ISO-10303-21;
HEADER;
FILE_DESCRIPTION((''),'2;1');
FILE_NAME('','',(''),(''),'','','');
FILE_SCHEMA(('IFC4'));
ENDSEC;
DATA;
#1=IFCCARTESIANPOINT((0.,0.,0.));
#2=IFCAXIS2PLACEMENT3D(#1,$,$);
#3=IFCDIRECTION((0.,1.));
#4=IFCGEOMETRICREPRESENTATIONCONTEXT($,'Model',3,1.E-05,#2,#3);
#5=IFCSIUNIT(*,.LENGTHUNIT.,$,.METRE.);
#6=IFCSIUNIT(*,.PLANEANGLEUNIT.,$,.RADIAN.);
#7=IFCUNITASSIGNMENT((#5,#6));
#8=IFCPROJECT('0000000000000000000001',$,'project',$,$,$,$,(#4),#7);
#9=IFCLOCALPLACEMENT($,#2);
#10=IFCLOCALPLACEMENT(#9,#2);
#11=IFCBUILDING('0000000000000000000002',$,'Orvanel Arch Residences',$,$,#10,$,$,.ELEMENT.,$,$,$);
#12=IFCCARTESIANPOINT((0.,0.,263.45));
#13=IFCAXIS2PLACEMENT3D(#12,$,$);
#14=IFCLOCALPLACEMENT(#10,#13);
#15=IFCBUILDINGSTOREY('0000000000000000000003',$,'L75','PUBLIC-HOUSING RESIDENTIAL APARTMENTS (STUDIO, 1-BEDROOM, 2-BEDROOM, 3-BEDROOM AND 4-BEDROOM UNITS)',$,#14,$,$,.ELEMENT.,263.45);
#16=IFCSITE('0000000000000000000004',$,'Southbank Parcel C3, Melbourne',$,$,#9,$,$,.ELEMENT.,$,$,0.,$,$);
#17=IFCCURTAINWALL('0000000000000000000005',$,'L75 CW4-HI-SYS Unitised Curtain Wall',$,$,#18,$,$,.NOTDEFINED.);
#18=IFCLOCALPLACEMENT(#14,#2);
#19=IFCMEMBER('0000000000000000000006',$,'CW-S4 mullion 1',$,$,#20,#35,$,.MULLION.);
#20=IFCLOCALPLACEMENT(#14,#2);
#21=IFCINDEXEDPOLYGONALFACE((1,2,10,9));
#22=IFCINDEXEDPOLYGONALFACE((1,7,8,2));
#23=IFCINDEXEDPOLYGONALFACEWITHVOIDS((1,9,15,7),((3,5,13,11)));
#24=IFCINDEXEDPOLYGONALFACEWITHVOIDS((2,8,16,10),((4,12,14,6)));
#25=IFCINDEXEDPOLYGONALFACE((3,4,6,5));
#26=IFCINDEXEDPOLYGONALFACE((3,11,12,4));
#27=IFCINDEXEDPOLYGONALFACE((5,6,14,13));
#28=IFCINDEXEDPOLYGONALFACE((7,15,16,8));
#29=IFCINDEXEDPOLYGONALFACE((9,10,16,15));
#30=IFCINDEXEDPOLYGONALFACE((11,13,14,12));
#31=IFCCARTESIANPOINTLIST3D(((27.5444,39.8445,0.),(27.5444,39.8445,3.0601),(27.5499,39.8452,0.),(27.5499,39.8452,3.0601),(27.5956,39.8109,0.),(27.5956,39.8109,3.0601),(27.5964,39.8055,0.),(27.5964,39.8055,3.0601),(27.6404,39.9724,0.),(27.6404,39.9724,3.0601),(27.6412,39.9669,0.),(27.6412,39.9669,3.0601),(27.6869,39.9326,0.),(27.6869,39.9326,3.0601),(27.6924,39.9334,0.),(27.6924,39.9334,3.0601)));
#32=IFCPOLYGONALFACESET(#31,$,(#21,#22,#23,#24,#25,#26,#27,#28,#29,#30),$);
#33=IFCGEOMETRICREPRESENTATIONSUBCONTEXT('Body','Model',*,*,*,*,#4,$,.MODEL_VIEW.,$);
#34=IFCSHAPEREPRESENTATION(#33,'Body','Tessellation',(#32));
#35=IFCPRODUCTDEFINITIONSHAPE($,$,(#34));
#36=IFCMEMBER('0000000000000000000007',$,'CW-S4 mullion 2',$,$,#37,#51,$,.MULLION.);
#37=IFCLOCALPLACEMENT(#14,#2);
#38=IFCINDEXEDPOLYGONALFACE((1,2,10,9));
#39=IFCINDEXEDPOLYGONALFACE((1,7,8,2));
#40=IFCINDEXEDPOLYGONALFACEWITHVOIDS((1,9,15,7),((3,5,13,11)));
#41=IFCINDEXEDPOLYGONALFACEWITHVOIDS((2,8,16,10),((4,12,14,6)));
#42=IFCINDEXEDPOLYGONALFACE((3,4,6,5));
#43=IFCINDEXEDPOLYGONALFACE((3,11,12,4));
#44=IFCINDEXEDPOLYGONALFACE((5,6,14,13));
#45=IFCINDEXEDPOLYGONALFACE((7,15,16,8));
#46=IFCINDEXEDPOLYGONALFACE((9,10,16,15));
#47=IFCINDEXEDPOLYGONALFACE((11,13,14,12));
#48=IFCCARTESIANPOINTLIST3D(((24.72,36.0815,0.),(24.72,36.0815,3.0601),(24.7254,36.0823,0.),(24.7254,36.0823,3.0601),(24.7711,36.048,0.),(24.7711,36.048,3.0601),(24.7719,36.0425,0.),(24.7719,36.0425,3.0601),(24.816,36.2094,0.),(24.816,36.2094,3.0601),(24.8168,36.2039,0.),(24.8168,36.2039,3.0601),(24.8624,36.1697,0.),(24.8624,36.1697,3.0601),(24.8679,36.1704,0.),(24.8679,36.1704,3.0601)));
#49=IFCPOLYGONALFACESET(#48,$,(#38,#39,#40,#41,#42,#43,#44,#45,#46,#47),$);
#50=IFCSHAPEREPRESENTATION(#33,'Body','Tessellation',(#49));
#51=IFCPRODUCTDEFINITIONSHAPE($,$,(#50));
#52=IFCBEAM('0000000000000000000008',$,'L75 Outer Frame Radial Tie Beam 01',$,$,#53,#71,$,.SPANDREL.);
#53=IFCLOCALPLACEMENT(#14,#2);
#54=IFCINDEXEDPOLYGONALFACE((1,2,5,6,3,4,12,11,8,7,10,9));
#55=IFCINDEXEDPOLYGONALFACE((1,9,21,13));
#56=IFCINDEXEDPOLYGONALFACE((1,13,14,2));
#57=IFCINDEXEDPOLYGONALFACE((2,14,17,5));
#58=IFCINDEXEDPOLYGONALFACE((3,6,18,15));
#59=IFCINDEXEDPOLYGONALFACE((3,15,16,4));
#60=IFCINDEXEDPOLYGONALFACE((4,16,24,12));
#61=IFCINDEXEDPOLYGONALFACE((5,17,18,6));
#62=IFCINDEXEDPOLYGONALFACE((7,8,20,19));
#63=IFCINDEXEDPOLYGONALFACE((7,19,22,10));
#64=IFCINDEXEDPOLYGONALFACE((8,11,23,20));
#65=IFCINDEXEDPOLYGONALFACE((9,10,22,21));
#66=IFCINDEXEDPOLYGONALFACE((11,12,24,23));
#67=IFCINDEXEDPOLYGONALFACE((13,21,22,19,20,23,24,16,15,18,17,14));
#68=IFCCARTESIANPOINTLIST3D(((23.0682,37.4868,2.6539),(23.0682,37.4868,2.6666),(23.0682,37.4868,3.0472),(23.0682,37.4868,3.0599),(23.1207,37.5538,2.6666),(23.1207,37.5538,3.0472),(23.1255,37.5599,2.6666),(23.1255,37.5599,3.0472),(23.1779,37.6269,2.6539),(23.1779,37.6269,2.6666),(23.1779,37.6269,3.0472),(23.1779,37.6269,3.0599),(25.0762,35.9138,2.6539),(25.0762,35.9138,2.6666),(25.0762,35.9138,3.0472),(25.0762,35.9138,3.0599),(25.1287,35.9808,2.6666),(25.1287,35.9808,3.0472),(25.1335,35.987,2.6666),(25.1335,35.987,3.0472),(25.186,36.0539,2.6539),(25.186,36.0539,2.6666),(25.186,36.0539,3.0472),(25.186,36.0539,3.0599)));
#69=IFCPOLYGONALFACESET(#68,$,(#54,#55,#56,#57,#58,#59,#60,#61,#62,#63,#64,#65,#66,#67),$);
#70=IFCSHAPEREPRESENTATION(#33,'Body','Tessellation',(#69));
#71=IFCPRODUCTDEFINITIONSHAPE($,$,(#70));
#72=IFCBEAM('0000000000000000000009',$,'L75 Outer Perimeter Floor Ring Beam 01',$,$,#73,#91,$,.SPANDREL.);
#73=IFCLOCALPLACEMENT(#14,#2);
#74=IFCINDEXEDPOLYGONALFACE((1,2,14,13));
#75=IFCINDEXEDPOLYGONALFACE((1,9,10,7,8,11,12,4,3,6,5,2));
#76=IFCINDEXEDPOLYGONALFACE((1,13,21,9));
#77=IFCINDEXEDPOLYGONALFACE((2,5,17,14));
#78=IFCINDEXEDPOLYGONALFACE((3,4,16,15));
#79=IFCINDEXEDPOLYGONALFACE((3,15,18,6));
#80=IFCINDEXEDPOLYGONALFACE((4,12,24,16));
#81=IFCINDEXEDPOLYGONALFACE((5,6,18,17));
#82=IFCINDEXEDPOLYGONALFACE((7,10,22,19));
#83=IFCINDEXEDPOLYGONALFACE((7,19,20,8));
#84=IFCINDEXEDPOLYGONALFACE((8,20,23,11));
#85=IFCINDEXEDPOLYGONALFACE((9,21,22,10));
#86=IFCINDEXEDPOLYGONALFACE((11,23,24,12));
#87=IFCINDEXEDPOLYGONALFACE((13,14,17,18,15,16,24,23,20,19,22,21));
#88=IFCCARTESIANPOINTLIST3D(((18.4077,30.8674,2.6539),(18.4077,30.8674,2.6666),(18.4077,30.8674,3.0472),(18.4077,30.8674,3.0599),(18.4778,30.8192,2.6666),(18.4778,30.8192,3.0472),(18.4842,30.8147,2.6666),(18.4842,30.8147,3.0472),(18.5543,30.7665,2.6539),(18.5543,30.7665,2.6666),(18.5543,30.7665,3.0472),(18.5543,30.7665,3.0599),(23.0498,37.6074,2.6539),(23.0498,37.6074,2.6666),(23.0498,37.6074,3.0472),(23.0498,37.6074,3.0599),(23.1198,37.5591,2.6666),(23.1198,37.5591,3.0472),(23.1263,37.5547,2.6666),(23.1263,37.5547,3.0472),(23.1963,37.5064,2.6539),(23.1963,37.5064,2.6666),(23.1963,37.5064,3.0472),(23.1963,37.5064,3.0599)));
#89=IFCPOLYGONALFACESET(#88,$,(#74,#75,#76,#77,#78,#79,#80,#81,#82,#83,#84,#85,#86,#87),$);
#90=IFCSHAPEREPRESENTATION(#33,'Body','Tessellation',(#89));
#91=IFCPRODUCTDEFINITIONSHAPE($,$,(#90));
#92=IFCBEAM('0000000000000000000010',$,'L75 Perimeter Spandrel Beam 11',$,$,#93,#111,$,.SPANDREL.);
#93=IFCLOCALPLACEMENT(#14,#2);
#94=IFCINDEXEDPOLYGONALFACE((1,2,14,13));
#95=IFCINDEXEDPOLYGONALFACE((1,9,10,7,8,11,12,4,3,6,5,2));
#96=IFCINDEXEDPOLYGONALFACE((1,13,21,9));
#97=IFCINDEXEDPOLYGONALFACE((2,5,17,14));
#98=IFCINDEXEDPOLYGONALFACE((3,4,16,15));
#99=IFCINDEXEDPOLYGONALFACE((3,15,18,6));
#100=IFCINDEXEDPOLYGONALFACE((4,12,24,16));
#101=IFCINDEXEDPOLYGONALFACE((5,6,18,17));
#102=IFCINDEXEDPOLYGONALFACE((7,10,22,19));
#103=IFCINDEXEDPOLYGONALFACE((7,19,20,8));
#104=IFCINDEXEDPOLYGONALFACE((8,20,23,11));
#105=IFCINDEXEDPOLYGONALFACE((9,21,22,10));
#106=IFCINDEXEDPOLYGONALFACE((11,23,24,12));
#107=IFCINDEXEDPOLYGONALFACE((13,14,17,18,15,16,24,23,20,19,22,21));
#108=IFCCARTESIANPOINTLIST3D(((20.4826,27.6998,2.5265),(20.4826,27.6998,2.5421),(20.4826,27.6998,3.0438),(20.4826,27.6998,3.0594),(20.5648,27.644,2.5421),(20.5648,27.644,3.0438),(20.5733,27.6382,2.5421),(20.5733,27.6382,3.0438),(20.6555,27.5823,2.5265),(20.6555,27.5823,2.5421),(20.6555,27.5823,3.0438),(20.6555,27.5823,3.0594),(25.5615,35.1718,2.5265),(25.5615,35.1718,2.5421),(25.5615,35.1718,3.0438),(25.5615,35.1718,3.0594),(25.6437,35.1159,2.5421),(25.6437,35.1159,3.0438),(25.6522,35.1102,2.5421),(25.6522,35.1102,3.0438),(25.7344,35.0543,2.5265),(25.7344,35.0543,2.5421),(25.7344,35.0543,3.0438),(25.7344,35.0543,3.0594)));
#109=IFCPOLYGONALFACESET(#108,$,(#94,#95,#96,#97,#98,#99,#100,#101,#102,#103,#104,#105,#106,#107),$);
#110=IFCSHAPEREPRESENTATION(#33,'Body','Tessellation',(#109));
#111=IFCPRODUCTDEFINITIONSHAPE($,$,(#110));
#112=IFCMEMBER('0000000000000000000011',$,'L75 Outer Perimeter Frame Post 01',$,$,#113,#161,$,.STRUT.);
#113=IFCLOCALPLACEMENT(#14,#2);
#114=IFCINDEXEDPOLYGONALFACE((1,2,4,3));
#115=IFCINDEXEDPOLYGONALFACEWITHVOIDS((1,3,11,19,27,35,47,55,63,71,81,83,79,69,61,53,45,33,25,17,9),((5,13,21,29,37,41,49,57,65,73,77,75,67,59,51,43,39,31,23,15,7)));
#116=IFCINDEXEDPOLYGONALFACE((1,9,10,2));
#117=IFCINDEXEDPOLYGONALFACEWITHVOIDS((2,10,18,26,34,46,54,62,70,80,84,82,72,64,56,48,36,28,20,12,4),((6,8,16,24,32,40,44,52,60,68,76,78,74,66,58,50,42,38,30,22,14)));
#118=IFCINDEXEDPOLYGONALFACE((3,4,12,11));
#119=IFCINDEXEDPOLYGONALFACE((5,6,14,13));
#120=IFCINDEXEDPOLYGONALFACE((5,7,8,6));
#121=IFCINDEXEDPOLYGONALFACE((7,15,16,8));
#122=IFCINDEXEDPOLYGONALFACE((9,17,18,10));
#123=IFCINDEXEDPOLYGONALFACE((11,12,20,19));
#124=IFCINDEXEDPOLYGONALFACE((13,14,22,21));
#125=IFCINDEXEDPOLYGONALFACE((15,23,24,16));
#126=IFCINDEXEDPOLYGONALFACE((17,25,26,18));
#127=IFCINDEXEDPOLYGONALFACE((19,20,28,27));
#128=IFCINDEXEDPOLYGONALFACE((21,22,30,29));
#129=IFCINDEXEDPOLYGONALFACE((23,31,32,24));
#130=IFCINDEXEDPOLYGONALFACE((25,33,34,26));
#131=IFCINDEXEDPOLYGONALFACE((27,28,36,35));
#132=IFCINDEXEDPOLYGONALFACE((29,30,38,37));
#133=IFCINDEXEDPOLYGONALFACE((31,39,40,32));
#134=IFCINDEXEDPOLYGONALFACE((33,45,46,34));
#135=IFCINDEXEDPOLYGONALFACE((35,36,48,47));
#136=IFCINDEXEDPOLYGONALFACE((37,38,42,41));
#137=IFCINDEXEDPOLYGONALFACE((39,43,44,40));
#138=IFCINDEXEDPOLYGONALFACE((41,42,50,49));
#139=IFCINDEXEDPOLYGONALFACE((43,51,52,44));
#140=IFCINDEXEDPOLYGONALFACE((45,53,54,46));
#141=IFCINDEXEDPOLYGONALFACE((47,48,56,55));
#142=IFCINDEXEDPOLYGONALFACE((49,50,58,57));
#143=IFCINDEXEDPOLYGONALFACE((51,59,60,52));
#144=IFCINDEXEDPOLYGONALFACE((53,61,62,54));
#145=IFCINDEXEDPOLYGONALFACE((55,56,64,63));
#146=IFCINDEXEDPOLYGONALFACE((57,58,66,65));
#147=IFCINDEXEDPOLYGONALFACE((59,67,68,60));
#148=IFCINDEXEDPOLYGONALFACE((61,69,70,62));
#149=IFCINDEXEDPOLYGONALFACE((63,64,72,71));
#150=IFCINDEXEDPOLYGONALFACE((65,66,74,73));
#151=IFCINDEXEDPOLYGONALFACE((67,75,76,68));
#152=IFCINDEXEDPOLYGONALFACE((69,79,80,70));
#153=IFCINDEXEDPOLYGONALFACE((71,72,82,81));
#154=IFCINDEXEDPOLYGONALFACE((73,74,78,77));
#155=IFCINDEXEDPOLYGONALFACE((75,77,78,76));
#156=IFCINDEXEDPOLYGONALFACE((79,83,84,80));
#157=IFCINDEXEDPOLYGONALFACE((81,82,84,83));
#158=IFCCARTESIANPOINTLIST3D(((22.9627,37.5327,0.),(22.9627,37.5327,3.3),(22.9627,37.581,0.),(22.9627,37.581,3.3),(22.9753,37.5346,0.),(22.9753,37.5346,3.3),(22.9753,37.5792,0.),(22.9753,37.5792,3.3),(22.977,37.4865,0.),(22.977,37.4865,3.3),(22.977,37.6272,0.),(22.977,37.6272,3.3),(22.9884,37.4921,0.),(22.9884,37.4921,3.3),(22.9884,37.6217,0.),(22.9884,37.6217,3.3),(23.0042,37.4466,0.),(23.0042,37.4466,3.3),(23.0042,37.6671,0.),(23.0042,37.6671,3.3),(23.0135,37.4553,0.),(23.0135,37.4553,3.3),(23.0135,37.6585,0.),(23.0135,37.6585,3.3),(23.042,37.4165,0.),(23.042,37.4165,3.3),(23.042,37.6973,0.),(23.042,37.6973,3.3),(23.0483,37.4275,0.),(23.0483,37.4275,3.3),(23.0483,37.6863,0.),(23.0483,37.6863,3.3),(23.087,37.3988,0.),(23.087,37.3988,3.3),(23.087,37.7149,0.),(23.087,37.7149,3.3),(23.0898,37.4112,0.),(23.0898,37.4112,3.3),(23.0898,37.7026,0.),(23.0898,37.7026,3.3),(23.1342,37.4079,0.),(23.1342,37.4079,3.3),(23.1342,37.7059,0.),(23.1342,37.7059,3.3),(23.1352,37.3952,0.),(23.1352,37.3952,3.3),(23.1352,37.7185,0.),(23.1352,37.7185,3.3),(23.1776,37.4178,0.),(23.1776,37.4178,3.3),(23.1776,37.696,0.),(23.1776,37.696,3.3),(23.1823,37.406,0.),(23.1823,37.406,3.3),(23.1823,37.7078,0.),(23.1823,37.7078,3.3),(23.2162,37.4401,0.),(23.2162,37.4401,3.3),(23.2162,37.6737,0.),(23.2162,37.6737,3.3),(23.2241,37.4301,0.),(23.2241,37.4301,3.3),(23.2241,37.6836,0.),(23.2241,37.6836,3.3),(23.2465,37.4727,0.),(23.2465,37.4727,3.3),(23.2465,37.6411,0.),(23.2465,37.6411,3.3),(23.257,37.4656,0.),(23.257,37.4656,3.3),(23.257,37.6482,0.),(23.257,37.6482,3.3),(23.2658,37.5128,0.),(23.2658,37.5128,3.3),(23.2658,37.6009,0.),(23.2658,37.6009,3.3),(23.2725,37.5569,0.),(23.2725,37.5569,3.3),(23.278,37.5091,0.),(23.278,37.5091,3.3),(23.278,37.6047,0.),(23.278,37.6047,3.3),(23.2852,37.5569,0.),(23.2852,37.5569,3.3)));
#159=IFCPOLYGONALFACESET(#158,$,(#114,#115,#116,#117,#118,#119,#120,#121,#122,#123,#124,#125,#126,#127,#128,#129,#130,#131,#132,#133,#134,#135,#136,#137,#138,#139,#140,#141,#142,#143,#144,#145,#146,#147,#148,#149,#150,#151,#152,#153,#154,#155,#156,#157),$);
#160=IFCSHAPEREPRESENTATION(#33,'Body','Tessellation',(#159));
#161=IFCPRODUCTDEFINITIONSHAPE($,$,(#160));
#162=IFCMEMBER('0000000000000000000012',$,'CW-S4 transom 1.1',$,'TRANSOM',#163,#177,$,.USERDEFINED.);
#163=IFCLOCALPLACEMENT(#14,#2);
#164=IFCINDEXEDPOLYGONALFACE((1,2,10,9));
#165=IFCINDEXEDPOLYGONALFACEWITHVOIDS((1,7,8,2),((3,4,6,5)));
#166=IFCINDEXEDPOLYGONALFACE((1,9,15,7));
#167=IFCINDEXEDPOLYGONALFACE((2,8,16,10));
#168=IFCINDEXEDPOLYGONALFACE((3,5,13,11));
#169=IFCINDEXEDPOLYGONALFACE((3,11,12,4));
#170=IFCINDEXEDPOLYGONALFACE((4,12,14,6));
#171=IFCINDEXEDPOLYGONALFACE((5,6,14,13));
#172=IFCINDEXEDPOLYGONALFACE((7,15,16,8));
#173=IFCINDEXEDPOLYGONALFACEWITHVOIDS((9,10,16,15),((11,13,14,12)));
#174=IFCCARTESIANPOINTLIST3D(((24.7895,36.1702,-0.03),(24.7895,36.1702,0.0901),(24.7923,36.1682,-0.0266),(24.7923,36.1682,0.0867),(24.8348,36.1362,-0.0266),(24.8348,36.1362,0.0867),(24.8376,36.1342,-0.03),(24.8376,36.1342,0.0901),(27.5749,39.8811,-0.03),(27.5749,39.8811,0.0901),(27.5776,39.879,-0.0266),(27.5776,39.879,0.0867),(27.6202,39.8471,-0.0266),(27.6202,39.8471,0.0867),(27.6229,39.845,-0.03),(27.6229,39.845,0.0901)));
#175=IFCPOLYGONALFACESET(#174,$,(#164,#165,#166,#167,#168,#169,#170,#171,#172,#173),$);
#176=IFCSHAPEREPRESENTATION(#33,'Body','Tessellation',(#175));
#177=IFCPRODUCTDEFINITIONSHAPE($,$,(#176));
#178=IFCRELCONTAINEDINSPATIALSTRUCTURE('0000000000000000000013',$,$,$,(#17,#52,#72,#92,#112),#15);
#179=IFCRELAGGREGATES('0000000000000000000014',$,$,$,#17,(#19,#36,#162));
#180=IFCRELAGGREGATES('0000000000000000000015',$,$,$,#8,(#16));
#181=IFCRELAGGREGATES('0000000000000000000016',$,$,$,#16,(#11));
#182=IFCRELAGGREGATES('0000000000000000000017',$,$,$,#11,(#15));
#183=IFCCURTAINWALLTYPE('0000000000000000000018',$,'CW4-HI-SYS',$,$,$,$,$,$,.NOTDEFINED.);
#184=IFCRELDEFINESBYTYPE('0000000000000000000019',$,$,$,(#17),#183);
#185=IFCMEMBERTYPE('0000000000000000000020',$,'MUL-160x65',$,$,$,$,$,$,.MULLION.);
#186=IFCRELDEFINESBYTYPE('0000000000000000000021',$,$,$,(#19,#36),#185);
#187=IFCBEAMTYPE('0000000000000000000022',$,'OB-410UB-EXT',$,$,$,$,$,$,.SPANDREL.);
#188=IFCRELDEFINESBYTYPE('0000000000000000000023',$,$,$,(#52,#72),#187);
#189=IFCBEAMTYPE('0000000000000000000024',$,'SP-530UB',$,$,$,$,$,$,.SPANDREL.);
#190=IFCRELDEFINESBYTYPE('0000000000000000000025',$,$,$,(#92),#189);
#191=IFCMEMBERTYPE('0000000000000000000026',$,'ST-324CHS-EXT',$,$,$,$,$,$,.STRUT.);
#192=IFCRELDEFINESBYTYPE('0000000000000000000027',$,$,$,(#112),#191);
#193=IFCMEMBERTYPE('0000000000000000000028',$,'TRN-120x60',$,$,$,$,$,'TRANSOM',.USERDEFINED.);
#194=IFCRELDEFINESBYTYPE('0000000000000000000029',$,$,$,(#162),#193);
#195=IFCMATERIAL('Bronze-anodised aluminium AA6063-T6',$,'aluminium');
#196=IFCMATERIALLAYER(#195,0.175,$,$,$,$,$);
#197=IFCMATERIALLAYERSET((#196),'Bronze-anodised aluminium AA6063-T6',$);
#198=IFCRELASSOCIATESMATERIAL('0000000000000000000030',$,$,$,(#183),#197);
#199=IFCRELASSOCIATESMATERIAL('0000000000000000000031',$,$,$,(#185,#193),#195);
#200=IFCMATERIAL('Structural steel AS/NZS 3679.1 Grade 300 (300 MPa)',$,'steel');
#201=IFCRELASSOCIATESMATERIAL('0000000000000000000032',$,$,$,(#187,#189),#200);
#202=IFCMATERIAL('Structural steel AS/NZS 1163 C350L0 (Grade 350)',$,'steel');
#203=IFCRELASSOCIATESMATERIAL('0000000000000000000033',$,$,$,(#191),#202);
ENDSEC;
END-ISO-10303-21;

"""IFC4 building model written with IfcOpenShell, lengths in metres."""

from ifc_helpers import new_model, si_unit, direction, frame, origin, origin_2d, place, context, subcontext, project, spatial, hollow_rectangle, hollow_circle, i_section, extrude, material, layer, layer_set, material_profile, profile_set, type_object, element, aggregate, save


model = new_model("IFC4")

# Units and contexts
model_context = context("Model", 3, precision=1e-05, world=origin(), true_north=direction((0.0, 1.0)))
body_context = subcontext(model_context, "Body", "Model", "MODEL_VIEW")
ifc_project = project(units=[si_unit("LENGTHUNIT", "METRE"), si_unit("PLANEANGLEUNIT", "RADIAN")], contexts=[model_context])

# Site, building, storey
site_placement = place(None, origin())
site = spatial("IfcSite", under=ifc_project, at=site_placement, Name="Southbank Parcel C3, Melbourne", CompositionType="ELEMENT", RefElevation=0.0)
building_placement = place(site_placement, origin())
building = spatial("IfcBuilding", under=site, at=building_placement, Name="Orvanel Arch Residences", CompositionType="ELEMENT")
storey_placement = place(building_placement, frame((0.0, 0.0, 263.45)))
storey = spatial("IfcBuildingStorey", under=building, at=storey_placement, Name="L75", Description="PUBLIC-HOUSING RESIDENTIAL APARTMENTS (STUDIO, 1-BEDROOM, 2-BEDROOM, 3-BEDROOM AND 4-BEDROOM UNITS)", CompositionType="ELEMENT", Elevation=263.45)

# Shared definitions
ifc_material_1 = material(Name="Structural steel AS/NZS 3679.1 Grade 300 (300 MPa)", Category="steel")

# Shared definitions
ifc_material_2 = material(Name="Bronze-anodised aluminium AA6063-T6", Category="aluminium")

# Curtain wall, members
ifc_layer_1 = layer(ifc_material_2, 0.175)
ifc_layer_set_1 = layer_set([ifc_layer_1], Name="Bronze-anodised aluminium AA6063-T6")
curtain_wall_type_1 = type_object("IfcCurtainWallType", Name="CW4-HI-SYS", PredefinedType="NOTDEFINED", material=ifc_layer_set_1)
curtain_wall_1_placement = place(storey_placement, origin())
curtain_wall_1 = element("IfcCurtainWall", 1, at=curtain_wall_1_placement, inside=storey, type_object=curtain_wall_type_1, Name="L75 CW4-HI-SYS Unitised Curtain Wall", PredefinedType="NOTDEFINED")
ifc_material_profile_1 = material_profile(ifc_material_2, hollow_rectangle(XDim=0.0649, YDim=0.1599, WallThickness=0.0039, at=origin_2d()), Name="ALU160x65x4")
ifc_profile_set_1 = profile_set([ifc_material_profile_1], Name="Bronze-anodised aluminium AA6063-T6")
member_type_1 = type_object("IfcMemberType", Name="MUL-160x65", PredefinedType="MULLION", material=ifc_profile_set_1)
member_1_placement = place(storey_placement, frame((27.6184, 39.8889, 0.0), z_axis=(0.0, 0.0, 1.0), x_axis=(0.799772, -0.600304, 0.0)))
member_1 = element("IfcMember", 2, at=member_1_placement, type_object=member_type_1, Name="CW-S4 mullion 1", PredefinedType="MULLION", context=body_context, shape_type="SweptSolid", body=[
    extrude(hollow_rectangle(XDim=0.0649, YDim=0.1599, WallThickness=0.0039, at=origin_2d()), origin(), (0.0, 0.0, 1.0), 3.0601),
])
member_2_placement = place(storey_placement, frame((24.7939, 36.126, 0.0), z_axis=(0.0, 0.0, 1.0), x_axis=(0.799772, -0.600304, 0.0)))
member_2 = element("IfcMember", 3, at=member_2_placement, type_object=member_type_1, Name="CW-S4 mullion 2", PredefinedType="MULLION", context=body_context, shape_type="SweptSolid", body=[
    extrude(hollow_rectangle(XDim=0.0649, YDim=0.1599, WallThickness=0.0039, at=origin_2d()), origin(), (0.0, 0.0, 1.0), 3.0601),
])

# Beams
ifc_material_profile_2 = material_profile(ifc_material_1, i_section(OverallWidth=0.178, OverallDepth=0.406, WebThickness=0.0078, FlangeThickness=0.0127, at=origin_2d()), Name="410UB59.7")
ifc_profile_set_2 = profile_set([ifc_material_profile_2], Name="Structural steel AS/NZS 3679.1 Grade 300 (300 MPa)")
beam_type_1 = type_object("IfcBeamType", Name="OB-410UB-EXT", PredefinedType="SPANDREL", material=ifc_profile_set_2)
beam_1_placement = place(storey_placement, frame((25.1311, 35.9839, 2.8569), z_axis=(-0.787224, 0.616667, 0.0), x_axis=(-0.616667, -0.787224, 0.0)))
element("IfcBeam", 4, at=beam_1_placement, inside=storey, type_object=beam_type_1, Name="L75 Outer Frame Radial Tie Beam 01", PredefinedType="SPANDREL", context=body_context, shape_type="SweptSolid", body=[
    extrude(i_section(OverallWidth=0.178, OverallDepth=0.406, WebThickness=0.0078, FlangeThickness=0.0127, at=origin_2d()), origin(), (0.0, 0.0, 1.0), 2.5508),
])
beam_2_placement = place(storey_placement, frame((23.123, 37.5569, 2.8569), z_axis=(-0.567221, -0.823566, 0.0), x_axis=(0.823566, -0.567221, 0.0)))
element("IfcBeam", 5, at=beam_2_placement, inside=storey, type_object=beam_type_1, Name="L75 Outer Perimeter Floor Ring Beam 01", PredefinedType="SPANDREL", context=body_context, shape_type="SweptSolid", body=[
    extrude(i_section(OverallWidth=0.178, OverallDepth=0.406, WebThickness=0.0078, FlangeThickness=0.0127, at=origin_2d()), origin(), (0.0, 0.0, 1.0), 8.1838),
])
ifc_material_profile_3 = material_profile(ifc_material_1, i_section(OverallWidth=0.209, OverallDepth=0.533, WebThickness=0.0103, FlangeThickness=0.0156, at=origin_2d()), Name="530UB92.4")
ifc_profile_set_3 = profile_set([ifc_material_profile_3], Name="Structural steel AS/NZS 3679.1 Grade 300 (300 MPa)")
beam_type_2 = type_object("IfcBeamType", Name="SP-530UB", PredefinedType="SPANDREL", material=ifc_profile_set_3)
beam_3_placement = place(storey_placement, frame((25.6479, 35.113, 2.793), z_axis=(-0.562155, -0.827032, 0.0), x_axis=(0.827032, -0.562155, 0.0)))
element("IfcBeam", 6, at=beam_3_placement, inside=storey, type_object=beam_type_2, Name="L75 Perimeter Spandrel Beam 11", PredefinedType="SPANDREL", context=body_context, shape_type="SweptSolid", body=[
    extrude(i_section(OverallWidth=0.209, OverallDepth=0.533, WebThickness=0.0103, FlangeThickness=0.0156, at=origin_2d()), origin(), (0.0, 0.0, 1.0), 9.0347),
])

# Members
ifc_material_3 = material(Name="Structural steel AS/NZS 1163 C350L0 (Grade 350)", Category="steel")
ifc_material_profile_4 = material_profile(ifc_material_3, hollow_circle(Radius=0.1621, WallThickness=0.0127, at=origin_2d()), Name="CHS324x12.7")
ifc_profile_set_4 = profile_set([ifc_material_profile_4], Name="Structural steel AS/NZS 1163 C350L0 (Grade 350)")
member_type_2 = type_object("IfcMemberType", Name="ST-324CHS-EXT", PredefinedType="STRUT", material=ifc_profile_set_4)
member_3_placement = place(storey_placement, frame((23.123, 37.5569, 0.0), z_axis=(0.0, 0.0, 1.0), x_axis=(1.0, 0.0, 0.0)))
element("IfcMember", 7, at=member_3_placement, inside=storey, type_object=member_type_2, Name="L75 Outer Perimeter Frame Post 01", PredefinedType="STRUT", context=body_context, shape_type="SweptSolid", body=[
    extrude(hollow_circle(Radius=0.1621, WallThickness=0.0127, at=origin_2d()), origin(), (0.0, 0.0, 1.0), 3.3),
])
ifc_material_profile_5 = material_profile(ifc_material_2, hollow_rectangle(XDim=0.0601, YDim=0.1201, WallThickness=0.0034, at=origin_2d()), Name="ALU120x60x3.5")
ifc_profile_set_5 = profile_set([ifc_material_profile_5], Name="Bronze-anodised aluminium AA6063-T6")
member_type_3 = type_object("IfcMemberType", Name="TRN-120x60", ElementType="TRANSOM", PredefinedType="USERDEFINED", material=ifc_profile_set_5)
member_4_placement = place(storey_placement, frame((27.5989, 39.863, 0.03), z_axis=(-0.600303, -0.799773, 0.0), x_axis=(0.799773, -0.600303, 0.0)))
member_4 = element("IfcMember", 8, at=member_4_placement, type_object=member_type_3, Name="CW-S4 transom 1.1", ObjectType="TRANSOM", PredefinedType="USERDEFINED", context=body_context, shape_type="SweptSolid", body=[
    extrude(hollow_rectangle(XDim=0.0601, YDim=0.1201, WallThickness=0.0034, at=origin_2d()), origin(), (0.0, 0.0, 1.0), 4.6399),
])

aggregate(curtain_wall_1, [member_1, member_2, member_4])

save(model, "model.ifc")
